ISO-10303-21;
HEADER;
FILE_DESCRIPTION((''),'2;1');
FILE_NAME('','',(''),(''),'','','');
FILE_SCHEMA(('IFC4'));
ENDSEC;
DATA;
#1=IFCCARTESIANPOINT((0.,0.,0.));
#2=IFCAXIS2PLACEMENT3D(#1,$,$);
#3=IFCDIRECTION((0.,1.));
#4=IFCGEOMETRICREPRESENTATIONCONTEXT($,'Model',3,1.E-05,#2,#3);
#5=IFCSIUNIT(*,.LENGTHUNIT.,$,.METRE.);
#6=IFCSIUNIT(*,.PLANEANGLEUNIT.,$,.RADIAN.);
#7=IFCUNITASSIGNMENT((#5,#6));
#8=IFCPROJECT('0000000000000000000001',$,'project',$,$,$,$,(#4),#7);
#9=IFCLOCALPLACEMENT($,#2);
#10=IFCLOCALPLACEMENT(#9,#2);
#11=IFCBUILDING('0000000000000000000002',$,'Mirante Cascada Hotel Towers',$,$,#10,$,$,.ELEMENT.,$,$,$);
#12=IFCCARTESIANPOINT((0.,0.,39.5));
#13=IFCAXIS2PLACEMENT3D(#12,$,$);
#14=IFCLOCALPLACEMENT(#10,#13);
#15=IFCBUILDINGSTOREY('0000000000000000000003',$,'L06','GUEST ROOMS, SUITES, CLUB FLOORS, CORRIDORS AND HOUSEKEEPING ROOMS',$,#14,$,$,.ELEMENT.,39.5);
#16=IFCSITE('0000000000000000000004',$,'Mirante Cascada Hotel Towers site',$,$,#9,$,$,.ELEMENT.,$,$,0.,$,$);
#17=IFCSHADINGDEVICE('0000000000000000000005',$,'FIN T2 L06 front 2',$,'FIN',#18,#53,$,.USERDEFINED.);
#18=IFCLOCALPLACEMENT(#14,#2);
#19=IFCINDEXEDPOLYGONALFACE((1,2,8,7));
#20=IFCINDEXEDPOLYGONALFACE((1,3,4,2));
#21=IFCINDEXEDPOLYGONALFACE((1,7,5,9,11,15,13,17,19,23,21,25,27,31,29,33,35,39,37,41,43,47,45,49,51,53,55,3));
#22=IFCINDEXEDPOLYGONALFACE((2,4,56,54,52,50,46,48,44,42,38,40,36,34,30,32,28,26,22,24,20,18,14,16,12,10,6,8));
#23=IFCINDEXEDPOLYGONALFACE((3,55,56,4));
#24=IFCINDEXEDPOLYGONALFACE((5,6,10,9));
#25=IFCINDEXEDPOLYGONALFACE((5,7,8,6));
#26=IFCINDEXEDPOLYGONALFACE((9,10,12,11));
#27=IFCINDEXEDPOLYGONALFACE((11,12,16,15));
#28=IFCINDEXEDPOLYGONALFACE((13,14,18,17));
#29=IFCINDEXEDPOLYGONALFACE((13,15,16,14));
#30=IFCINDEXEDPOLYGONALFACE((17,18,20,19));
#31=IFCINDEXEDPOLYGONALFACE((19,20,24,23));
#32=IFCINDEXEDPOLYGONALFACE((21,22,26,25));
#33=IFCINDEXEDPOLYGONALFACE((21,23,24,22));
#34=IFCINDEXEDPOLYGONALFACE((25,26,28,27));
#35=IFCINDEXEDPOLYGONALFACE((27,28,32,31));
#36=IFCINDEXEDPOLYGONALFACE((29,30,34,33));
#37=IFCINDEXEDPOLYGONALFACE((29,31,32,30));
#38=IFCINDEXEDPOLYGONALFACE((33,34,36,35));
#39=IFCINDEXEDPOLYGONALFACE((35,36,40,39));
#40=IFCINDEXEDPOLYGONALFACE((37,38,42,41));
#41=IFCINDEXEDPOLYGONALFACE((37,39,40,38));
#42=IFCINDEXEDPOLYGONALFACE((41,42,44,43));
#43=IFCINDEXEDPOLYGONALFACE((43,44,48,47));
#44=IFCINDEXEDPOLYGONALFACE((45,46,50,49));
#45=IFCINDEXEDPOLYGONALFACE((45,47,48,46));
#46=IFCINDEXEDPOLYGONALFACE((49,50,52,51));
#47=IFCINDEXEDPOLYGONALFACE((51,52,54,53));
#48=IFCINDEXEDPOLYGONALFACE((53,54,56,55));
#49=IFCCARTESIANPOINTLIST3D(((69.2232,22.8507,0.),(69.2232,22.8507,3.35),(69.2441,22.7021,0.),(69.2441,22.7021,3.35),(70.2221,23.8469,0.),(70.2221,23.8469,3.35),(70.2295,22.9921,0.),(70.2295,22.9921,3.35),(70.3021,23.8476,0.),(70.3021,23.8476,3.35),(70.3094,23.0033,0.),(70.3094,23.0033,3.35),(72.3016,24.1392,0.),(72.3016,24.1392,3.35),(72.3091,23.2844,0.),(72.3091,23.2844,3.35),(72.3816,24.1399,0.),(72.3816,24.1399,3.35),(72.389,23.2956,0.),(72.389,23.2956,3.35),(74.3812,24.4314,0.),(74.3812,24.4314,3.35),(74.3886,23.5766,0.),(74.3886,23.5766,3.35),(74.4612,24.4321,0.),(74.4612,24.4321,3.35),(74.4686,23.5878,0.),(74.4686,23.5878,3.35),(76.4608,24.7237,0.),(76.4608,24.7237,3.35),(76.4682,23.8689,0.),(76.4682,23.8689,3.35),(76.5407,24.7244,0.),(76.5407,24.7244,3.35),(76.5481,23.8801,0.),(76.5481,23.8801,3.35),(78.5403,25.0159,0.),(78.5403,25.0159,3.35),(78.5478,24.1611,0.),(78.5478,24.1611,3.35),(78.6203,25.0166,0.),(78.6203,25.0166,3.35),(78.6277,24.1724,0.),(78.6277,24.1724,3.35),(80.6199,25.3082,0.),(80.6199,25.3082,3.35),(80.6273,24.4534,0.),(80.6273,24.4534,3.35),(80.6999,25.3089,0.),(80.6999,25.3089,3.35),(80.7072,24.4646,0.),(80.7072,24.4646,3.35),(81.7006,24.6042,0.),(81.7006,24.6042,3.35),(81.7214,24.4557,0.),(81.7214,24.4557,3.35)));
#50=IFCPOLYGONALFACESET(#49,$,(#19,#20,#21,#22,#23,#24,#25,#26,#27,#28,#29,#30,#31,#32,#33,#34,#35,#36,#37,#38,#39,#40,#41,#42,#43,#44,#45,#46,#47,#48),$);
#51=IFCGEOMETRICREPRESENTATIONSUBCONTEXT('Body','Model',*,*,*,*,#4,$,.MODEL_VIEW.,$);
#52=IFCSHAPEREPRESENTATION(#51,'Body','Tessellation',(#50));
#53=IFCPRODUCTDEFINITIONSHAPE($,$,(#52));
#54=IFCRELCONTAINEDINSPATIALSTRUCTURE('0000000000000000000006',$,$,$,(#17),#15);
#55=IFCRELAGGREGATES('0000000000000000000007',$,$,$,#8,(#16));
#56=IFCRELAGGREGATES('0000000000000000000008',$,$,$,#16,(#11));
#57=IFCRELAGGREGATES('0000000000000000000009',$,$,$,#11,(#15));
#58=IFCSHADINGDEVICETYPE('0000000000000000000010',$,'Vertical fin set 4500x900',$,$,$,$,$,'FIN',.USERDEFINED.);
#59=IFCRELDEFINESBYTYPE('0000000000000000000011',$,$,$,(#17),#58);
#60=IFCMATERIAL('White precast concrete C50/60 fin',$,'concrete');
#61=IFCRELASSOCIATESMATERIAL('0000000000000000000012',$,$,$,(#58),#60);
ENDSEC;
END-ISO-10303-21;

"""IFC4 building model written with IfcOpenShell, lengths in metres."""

from ifc_helpers import new_model, si_unit, direction, frame, origin, place, context, subcontext, project, spatial, polyline, outline, extrude, material, type_object, element, save


model = new_model("IFC4")

# Units and contexts
model_context = context("Model", 3, precision=1e-05, world=origin(), true_north=direction((0.0, 1.0)))
body_context = subcontext(model_context, "Body", "Model", "MODEL_VIEW")
ifc_project = project(units=[si_unit("LENGTHUNIT", "METRE"), si_unit("PLANEANGLEUNIT", "RADIAN")], contexts=[model_context])

# Site, building, storey
site_placement = place(None, origin())
site = spatial("IfcSite", under=ifc_project, at=site_placement, Name="Mirante Cascada Hotel Towers site", CompositionType="ELEMENT", RefElevation=0.0)
building_placement = place(site_placement, origin())
building = spatial("IfcBuilding", under=site, at=building_placement, Name="Mirante Cascada Hotel Towers", CompositionType="ELEMENT")
storey_placement = place(building_placement, frame((0.0, 0.0, 39.5)))
storey = spatial("IfcBuildingStorey", under=building, at=storey_placement, Name="L06", Description="GUEST ROOMS, SUITES, CLUB FLOORS, CORRIDORS AND HOUSEKEEPING ROOMS", CompositionType="ELEMENT", Elevation=39.5)

# Shading device
ifc_material_1 = material(Name="White precast concrete C50/60 fin", Category="concrete")
shading_device_type = type_object("IfcShadingDeviceType", Name="Vertical fin set 4500x900", ElementType="FIN", PredefinedType="USERDEFINED", material=ifc_material_1)
shading_device_1_placement = place(storey_placement, origin())
element("IfcShadingDevice", 1, at=shading_device_1_placement, inside=storey, type_object=shading_device_type, Name="FIN T2 L06 front 2", ObjectType="FIN", PredefinedType="USERDEFINED", context=body_context, shape_type="SweptSolid", body=[
    extrude(outline(polyline([(70.3021, 23.8476), (70.3094, 23.0033), (72.3091, 23.2844), (72.3016, 24.1392), (72.3816, 24.1399), (72.389, 23.2956), (74.3886, 23.5766), (74.3812, 24.4314), (74.4612, 24.4321), (74.4686, 23.5878), (76.4682, 23.8689), (76.4608, 24.7237), (76.5407, 24.7244), (76.5481, 23.8801), (78.5478, 24.1611), (78.5403, 25.0159), (78.6203, 25.0166), (78.6277, 24.1724), (80.6273, 24.4534), (80.6199, 25.3082), (80.6999, 25.3089), (80.7072, 24.4646), (81.7006, 24.6042), (81.7214, 24.4557), (69.2441, 22.7021), (69.2232, 22.8507), (70.2295, 22.9921), (70.2221, 23.8469), (70.3021, 23.8476)])), origin(), (0.0, 0.0, 1.0), 3.35),
])

save(model, "model.ifc")
